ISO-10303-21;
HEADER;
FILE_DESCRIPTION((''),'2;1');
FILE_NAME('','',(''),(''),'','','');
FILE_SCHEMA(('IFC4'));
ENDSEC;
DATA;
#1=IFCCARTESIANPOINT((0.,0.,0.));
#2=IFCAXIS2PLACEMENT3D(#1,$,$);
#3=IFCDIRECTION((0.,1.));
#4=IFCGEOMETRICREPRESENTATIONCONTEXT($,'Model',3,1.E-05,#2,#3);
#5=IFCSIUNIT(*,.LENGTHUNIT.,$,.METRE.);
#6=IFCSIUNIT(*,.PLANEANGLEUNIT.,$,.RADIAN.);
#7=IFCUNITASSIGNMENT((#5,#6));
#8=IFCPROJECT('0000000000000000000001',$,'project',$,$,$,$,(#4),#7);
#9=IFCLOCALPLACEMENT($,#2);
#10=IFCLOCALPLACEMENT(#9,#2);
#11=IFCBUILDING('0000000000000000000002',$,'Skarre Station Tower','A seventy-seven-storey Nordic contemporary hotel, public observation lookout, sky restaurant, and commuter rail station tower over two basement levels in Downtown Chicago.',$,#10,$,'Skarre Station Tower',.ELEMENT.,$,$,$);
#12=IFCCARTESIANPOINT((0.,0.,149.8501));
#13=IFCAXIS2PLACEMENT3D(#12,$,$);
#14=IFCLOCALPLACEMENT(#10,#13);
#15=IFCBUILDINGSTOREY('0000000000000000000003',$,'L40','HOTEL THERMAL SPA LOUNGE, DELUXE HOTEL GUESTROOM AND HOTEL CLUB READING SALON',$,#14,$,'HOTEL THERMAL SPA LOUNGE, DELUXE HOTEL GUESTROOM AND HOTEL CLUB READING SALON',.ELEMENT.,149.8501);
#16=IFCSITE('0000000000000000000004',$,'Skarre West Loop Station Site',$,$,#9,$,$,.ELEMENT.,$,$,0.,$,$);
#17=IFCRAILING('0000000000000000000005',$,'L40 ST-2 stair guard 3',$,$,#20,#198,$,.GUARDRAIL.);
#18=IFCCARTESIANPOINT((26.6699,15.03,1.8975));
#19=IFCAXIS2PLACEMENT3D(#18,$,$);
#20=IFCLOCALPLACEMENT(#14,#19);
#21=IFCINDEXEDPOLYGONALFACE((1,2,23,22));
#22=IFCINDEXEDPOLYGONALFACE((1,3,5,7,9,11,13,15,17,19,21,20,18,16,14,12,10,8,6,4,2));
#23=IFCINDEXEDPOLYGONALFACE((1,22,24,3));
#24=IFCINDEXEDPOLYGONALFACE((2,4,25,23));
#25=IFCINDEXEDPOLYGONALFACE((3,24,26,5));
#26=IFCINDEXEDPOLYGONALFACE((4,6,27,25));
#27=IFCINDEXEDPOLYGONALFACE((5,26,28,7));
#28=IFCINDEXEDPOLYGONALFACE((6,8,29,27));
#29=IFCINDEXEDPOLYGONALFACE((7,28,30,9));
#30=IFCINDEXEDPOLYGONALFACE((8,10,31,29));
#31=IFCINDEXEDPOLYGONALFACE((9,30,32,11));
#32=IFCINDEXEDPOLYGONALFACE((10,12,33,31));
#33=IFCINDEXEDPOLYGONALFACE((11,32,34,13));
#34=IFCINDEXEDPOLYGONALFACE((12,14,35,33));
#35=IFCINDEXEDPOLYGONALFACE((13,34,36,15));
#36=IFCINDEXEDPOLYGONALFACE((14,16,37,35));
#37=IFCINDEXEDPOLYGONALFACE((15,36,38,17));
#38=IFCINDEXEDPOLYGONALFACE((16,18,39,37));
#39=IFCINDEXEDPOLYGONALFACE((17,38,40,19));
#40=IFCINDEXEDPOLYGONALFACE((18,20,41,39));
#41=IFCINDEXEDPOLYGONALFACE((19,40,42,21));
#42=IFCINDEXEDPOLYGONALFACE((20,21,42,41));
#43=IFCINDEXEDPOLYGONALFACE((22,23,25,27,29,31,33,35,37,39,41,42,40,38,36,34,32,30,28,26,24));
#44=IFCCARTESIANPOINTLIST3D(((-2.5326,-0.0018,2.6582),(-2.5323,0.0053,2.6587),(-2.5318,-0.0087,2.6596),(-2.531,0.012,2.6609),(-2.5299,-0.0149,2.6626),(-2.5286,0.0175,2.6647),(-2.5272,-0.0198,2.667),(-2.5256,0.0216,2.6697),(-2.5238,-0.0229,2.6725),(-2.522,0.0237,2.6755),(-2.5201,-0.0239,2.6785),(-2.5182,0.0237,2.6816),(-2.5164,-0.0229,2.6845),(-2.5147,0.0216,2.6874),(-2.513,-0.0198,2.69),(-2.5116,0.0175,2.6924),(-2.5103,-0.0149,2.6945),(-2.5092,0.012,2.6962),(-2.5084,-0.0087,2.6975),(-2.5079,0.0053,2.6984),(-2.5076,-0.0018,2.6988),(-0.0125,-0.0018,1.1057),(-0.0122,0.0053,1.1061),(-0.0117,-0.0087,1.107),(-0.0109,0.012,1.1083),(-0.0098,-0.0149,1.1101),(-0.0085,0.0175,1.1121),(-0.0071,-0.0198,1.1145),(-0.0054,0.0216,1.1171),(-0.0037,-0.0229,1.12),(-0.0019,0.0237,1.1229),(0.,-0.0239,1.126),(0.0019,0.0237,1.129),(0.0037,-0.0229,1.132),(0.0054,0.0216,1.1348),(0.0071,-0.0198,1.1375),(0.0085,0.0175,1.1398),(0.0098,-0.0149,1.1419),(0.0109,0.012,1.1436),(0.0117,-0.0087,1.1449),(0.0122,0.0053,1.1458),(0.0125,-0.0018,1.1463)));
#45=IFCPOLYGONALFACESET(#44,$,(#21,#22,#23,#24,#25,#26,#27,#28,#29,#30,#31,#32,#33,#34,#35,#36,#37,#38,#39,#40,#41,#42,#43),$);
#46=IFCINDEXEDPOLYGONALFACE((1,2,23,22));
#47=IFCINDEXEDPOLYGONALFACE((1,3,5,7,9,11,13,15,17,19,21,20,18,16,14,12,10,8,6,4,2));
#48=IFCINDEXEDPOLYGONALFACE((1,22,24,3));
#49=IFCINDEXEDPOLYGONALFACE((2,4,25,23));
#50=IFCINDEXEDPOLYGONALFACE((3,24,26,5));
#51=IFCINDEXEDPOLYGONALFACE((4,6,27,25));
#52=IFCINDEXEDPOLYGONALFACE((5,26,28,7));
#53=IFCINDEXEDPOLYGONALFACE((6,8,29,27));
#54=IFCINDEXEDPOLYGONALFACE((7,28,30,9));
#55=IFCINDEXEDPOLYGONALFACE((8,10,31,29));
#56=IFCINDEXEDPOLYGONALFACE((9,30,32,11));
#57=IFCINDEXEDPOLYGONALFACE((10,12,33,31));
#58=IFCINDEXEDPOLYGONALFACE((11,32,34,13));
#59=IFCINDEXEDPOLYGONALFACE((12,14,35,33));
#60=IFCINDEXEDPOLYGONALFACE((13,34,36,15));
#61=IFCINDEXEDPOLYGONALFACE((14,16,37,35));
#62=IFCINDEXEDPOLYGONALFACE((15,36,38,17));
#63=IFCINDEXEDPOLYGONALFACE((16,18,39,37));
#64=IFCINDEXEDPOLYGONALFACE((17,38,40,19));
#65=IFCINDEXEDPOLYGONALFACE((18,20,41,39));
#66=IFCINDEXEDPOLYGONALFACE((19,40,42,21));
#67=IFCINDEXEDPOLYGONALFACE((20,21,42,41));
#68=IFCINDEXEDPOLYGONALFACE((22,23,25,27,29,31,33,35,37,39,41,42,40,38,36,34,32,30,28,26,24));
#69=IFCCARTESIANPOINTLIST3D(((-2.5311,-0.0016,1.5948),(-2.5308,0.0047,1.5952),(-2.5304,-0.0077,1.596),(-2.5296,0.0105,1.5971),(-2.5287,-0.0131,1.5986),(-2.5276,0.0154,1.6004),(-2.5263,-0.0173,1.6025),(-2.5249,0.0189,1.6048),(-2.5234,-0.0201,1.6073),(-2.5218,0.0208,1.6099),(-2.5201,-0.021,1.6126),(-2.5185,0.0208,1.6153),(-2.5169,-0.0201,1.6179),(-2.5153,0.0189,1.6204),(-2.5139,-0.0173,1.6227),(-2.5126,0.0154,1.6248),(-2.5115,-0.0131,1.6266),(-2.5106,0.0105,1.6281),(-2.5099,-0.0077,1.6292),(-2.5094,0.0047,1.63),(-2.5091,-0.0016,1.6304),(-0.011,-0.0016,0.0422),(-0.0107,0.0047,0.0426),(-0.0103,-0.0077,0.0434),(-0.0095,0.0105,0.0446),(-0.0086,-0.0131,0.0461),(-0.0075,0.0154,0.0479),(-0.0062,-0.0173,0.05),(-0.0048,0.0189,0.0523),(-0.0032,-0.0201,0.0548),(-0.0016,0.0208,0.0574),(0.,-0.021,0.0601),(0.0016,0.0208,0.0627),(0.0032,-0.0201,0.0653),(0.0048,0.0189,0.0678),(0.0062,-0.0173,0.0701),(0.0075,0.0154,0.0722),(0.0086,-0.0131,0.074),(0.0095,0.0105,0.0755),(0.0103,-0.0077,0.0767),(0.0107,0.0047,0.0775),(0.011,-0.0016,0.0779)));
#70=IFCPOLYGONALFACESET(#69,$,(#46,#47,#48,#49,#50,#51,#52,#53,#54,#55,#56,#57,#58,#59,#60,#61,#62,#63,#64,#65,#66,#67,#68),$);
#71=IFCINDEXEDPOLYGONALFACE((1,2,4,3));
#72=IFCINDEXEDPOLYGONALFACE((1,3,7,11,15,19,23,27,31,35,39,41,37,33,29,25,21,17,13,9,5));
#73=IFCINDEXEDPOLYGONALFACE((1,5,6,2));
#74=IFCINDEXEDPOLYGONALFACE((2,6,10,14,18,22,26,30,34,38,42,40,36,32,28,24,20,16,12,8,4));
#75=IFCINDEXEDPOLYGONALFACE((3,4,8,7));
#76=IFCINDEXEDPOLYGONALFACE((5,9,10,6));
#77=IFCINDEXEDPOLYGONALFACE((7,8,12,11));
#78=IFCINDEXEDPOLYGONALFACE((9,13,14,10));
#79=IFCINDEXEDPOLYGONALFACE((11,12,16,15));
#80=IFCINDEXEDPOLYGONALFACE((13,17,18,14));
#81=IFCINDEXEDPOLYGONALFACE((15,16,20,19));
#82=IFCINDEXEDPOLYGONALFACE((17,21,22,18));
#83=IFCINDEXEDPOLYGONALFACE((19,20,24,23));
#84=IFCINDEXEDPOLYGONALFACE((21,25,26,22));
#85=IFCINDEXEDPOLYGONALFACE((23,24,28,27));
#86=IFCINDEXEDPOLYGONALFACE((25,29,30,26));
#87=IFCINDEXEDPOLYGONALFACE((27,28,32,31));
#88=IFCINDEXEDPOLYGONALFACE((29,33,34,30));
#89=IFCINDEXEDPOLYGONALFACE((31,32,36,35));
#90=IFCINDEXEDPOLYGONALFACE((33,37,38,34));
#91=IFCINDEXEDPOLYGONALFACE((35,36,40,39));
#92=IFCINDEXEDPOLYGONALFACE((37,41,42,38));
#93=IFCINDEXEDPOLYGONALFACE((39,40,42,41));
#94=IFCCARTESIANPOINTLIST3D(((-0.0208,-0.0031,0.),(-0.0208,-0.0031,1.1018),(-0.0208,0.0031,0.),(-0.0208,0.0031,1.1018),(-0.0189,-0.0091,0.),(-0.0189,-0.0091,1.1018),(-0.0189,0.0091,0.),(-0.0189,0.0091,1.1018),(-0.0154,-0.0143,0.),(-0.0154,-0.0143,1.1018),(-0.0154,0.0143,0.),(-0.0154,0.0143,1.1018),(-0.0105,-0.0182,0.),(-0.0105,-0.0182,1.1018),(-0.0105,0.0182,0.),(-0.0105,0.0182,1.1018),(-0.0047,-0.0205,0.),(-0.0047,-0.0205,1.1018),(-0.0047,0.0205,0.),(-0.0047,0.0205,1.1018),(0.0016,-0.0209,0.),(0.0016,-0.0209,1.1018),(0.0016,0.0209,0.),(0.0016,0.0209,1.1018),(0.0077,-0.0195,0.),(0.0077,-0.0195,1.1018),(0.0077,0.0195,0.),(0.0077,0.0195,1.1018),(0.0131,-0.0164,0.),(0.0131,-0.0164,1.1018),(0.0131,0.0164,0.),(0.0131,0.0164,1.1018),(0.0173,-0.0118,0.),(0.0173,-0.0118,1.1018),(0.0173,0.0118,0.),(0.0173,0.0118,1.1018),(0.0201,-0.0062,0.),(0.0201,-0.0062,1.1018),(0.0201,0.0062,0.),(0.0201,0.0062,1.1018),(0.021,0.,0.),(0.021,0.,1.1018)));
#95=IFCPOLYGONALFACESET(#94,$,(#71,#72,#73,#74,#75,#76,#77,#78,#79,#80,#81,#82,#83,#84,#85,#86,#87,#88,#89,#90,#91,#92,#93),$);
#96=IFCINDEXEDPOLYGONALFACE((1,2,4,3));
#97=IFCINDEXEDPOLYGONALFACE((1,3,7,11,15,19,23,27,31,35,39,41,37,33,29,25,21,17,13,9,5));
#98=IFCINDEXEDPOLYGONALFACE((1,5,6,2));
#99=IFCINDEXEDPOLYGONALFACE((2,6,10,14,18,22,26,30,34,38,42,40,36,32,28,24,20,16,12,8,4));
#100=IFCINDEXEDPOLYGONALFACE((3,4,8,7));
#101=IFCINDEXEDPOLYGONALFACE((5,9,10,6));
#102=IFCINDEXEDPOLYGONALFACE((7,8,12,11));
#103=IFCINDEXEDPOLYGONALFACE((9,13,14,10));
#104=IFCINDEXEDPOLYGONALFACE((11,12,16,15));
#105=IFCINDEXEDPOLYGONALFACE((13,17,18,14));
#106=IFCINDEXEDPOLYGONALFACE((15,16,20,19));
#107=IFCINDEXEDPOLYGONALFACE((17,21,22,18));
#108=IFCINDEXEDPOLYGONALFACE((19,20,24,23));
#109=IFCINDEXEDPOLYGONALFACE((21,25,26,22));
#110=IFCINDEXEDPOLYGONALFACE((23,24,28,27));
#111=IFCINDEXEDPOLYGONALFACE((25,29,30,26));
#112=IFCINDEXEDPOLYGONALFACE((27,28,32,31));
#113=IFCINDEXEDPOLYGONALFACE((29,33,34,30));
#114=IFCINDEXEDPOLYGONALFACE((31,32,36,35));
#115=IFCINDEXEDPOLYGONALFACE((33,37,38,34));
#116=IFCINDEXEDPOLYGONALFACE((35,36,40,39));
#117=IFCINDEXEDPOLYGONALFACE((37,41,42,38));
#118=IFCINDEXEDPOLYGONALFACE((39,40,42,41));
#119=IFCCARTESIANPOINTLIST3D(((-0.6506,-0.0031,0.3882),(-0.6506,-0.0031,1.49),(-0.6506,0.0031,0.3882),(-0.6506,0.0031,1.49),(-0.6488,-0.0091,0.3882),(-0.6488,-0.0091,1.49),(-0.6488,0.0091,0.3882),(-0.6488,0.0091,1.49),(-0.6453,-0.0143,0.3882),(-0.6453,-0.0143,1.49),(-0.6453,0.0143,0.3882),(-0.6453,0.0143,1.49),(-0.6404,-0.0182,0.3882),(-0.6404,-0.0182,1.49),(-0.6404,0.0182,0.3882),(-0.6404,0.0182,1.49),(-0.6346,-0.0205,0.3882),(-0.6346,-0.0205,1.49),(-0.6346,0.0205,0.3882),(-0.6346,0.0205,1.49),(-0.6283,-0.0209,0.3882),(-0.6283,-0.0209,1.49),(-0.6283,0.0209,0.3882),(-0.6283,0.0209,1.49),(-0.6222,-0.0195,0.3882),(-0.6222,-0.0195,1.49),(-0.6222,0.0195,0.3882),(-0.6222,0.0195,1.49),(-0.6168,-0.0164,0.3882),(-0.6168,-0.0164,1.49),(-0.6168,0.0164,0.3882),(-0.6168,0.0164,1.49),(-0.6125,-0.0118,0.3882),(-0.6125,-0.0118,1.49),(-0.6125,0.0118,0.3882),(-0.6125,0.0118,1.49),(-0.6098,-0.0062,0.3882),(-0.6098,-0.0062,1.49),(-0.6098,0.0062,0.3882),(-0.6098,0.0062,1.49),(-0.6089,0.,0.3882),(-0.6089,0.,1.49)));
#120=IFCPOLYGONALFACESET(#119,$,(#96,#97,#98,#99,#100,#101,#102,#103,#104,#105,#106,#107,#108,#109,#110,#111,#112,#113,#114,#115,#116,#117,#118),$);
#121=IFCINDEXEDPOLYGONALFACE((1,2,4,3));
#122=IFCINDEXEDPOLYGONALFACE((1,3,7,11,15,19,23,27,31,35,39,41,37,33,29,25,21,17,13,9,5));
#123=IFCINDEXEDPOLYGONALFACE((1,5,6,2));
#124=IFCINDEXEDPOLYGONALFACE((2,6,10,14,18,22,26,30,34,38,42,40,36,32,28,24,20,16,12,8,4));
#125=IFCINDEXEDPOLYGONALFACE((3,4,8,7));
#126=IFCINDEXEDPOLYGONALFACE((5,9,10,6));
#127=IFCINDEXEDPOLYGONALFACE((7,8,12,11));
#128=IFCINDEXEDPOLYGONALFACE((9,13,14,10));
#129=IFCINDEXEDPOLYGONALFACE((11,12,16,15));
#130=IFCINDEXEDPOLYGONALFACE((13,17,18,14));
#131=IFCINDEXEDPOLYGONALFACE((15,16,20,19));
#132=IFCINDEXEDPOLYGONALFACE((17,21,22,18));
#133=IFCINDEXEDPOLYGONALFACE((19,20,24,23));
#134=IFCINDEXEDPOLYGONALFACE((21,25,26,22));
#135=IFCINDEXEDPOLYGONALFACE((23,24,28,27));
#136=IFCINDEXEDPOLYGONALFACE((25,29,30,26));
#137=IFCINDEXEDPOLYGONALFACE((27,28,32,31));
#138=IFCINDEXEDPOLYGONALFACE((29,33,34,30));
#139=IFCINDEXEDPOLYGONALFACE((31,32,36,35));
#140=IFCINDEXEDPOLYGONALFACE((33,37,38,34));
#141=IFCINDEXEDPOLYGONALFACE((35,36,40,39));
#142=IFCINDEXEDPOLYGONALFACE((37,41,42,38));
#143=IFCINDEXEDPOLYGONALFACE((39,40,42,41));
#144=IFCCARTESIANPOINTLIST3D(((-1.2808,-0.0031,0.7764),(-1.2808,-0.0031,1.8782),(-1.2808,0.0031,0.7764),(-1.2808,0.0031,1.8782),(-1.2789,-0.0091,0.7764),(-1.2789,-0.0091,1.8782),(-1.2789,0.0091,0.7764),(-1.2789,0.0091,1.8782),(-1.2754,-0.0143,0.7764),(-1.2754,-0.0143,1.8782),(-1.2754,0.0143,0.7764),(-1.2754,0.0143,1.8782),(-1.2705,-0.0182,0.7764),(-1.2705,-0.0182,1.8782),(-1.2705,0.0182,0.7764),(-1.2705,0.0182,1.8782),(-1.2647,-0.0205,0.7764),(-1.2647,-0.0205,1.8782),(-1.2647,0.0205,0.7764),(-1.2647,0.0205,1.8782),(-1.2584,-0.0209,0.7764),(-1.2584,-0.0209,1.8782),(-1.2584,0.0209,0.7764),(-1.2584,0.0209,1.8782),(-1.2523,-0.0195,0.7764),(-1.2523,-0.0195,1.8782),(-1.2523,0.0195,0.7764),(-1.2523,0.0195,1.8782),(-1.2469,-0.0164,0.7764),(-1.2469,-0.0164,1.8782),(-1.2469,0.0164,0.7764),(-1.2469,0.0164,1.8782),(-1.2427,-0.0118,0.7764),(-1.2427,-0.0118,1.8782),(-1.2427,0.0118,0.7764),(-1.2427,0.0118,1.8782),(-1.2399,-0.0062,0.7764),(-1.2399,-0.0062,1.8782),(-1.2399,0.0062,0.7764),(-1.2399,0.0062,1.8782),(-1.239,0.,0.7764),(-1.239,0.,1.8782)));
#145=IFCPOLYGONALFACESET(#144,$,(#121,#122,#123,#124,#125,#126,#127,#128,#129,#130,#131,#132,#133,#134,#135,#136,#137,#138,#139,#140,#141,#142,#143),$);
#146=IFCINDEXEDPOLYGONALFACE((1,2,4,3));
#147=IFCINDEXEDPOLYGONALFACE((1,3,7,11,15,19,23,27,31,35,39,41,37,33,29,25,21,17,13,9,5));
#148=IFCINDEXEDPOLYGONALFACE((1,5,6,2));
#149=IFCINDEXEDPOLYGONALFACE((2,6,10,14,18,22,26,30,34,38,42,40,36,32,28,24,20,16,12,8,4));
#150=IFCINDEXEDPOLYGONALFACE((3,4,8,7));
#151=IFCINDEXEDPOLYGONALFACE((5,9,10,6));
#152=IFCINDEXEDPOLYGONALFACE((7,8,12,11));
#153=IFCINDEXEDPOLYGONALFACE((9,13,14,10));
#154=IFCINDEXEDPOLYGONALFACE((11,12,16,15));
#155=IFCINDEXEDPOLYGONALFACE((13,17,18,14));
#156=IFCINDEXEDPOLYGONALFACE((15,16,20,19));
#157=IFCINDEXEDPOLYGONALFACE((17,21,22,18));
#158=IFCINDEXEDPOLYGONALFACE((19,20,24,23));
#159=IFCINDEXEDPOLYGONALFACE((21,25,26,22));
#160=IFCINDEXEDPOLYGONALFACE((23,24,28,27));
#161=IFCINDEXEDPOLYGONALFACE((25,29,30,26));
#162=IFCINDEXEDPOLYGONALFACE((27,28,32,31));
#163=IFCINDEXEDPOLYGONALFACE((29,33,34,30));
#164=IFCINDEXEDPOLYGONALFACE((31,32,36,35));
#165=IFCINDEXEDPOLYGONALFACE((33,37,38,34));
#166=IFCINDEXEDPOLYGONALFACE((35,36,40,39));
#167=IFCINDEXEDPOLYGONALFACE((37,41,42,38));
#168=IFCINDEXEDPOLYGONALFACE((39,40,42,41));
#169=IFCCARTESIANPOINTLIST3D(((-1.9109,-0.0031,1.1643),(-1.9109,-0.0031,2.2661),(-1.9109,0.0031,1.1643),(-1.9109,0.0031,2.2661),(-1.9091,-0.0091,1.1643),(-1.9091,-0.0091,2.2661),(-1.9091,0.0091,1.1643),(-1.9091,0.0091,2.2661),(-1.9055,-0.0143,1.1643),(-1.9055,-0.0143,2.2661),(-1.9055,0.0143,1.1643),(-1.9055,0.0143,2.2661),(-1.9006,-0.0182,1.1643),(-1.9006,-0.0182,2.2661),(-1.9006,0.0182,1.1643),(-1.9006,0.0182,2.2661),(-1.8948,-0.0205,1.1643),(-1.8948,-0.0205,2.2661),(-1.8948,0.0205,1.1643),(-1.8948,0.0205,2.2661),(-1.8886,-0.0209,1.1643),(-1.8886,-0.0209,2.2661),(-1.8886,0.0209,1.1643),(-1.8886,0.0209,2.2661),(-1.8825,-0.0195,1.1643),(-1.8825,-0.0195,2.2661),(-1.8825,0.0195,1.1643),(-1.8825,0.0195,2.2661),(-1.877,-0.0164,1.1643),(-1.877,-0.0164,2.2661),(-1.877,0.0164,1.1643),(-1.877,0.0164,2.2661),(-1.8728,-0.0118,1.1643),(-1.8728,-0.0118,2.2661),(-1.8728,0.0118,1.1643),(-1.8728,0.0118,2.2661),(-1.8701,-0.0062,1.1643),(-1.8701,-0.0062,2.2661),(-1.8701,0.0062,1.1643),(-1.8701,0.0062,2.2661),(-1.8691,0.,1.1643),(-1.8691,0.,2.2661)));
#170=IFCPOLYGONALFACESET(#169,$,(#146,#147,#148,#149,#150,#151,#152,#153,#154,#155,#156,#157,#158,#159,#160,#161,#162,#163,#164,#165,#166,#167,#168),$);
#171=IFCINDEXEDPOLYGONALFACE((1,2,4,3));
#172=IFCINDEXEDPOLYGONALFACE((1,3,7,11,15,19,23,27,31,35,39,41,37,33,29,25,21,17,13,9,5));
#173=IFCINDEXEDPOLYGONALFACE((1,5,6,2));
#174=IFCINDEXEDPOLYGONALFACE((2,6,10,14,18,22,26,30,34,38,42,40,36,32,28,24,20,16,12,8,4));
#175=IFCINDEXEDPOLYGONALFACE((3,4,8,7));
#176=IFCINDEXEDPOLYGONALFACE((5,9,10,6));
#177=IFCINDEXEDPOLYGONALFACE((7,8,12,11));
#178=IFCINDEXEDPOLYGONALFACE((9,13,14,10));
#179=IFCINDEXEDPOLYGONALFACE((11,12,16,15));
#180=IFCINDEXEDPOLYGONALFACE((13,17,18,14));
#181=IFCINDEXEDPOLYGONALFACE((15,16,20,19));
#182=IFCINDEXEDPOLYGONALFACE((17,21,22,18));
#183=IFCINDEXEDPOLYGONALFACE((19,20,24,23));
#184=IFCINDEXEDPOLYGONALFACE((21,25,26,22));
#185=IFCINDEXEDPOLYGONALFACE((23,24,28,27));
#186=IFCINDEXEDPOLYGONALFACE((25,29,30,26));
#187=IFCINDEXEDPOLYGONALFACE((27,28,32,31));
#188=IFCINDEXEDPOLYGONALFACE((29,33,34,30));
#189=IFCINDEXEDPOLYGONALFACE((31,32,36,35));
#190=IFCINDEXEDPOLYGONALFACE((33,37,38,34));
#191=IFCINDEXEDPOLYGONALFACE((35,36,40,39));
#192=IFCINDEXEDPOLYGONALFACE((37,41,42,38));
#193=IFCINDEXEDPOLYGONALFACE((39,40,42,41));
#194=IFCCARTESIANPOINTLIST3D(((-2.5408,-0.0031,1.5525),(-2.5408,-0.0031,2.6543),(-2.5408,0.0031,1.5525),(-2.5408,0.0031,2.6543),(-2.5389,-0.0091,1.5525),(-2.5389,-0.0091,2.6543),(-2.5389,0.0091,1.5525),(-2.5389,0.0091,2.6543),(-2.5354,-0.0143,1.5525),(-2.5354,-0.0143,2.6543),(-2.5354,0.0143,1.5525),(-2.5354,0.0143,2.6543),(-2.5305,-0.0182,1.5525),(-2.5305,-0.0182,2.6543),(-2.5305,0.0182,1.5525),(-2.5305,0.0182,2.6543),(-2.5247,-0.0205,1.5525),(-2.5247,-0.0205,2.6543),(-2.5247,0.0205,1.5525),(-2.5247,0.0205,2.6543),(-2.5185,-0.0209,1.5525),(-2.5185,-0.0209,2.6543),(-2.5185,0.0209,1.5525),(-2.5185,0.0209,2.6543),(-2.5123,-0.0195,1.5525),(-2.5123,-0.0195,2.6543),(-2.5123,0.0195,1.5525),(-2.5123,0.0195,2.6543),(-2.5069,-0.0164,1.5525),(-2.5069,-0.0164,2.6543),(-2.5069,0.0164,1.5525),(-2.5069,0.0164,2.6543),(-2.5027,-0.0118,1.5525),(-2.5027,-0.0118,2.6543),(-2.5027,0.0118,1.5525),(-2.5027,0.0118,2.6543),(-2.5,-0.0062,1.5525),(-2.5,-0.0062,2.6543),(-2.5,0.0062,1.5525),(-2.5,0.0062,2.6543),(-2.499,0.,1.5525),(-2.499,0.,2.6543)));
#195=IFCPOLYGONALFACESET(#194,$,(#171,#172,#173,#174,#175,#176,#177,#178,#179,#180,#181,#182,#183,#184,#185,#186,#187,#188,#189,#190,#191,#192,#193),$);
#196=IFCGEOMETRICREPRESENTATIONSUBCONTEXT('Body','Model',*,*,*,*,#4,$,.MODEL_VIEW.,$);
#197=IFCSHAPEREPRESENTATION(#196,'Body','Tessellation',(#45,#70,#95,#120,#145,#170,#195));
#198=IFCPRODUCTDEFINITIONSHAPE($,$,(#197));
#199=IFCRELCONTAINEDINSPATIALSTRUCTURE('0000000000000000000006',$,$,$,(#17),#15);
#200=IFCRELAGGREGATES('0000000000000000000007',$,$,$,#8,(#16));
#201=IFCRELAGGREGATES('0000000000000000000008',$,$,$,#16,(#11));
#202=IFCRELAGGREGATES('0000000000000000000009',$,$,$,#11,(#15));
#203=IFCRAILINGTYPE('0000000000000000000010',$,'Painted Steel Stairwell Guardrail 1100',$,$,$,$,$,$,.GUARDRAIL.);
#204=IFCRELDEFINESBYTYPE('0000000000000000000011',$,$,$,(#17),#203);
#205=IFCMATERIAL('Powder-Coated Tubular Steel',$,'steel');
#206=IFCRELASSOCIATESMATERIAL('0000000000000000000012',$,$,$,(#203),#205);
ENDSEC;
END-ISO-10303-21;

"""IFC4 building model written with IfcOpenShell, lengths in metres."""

from ifc_helpers import new_model, si_unit, direction, frame, origin, origin_2d, place, context, subcontext, project, spatial, circle, extrude, material, type_object, element, save


model = new_model("IFC4")

# Units and contexts
model_context = context("Model", 3, precision=1e-05, world=origin(), true_north=direction((0.0, 1.0)))
body_context = subcontext(model_context, "Body", "Model", "MODEL_VIEW")
ifc_project = project(units=[si_unit("LENGTHUNIT", "METRE"), si_unit("PLANEANGLEUNIT", "RADIAN")], contexts=[model_context])

# Site, building, storey
site_placement = place(None, origin())
site = spatial("IfcSite", under=ifc_project, at=site_placement, Name="Skarre West Loop Station Site", CompositionType="ELEMENT", RefElevation=0.0)
building_placement = place(site_placement, origin())
building = spatial("IfcBuilding", under=site, at=building_placement, Name="Skarre Station Tower", Description="A seventy-seven-storey Nordic contemporary hotel, public observation lookout, sky restaurant, and commuter rail station tower over two basement levels in Downtown Chicago.", LongName="Skarre Station Tower", CompositionType="ELEMENT")
storey_placement = place(building_placement, frame((0.0, 0.0, 149.8501)))
storey = spatial("IfcBuildingStorey", under=building, at=storey_placement, Name="L40", Description="HOTEL THERMAL SPA LOUNGE, DELUXE HOTEL GUESTROOM AND HOTEL CLUB READING SALON", LongName="HOTEL THERMAL SPA LOUNGE, DELUXE HOTEL GUESTROOM AND HOTEL CLUB READING SALON", CompositionType="ELEMENT", Elevation=149.8501)

# Railing
ifc_material_1 = material(Name="Powder-Coated Tubular Steel", Category="steel")
railing_type_1 = type_object("IfcRailingType", Name="Painted Steel Stairwell Guardrail 1100", PredefinedType="GUARDRAIL", material=ifc_material_1)
railing_1_placement = place(storey_placement, frame((26.6699, 15.03, 1.8975)))
element("IfcRailing", 1, at=railing_1_placement, inside=storey, type_object=railing_type_1, Name="L40 ST-2 stair guard 3", PredefinedType="GUARDRAIL", context=body_context, shape_type="SweptSolid", body=[
    extrude(circle(Radius=0.0239, at=origin_2d()), frame((0.0, 0.0, 1.126), z_axis=(-0.8514, 0.0, 0.524516), x_axis=(0.0, -1.0, 0.0)), (0.0, 0.0, 1.0), 2.96),
    extrude(circle(Radius=0.021, at=origin_2d()), frame((0.0, 0.0, 0.0601), z_axis=(-0.8514, 0.0, 0.524516), x_axis=(0.0, -1.0, 0.0)), (0.0, 0.0, 1.0), 2.96),
    extrude(circle(Radius=0.021, at=origin_2d()), origin(), (0.0, 0.0, 1.0), 1.1018),
    extrude(circle(Radius=0.021, at=origin_2d()), frame((-0.6299, 0.0, 0.3882)), (0.0, 0.0, 1.0), 1.1018),
    extrude(circle(Radius=0.021, at=origin_2d()), frame((-1.26, 0.0, 0.7764)), (0.0, 0.0, 1.0), 1.1018),
    extrude(circle(Radius=0.021, at=origin_2d()), frame((-1.8901, 0.0, 1.1643)), (0.0, 0.0, 1.0), 1.1018),
    extrude(circle(Radius=0.021, at=origin_2d()), frame((-2.52, 0.0, 1.5525)), (0.0, 0.0, 1.0), 1.1018),
])

save(model, "model.ifc")
